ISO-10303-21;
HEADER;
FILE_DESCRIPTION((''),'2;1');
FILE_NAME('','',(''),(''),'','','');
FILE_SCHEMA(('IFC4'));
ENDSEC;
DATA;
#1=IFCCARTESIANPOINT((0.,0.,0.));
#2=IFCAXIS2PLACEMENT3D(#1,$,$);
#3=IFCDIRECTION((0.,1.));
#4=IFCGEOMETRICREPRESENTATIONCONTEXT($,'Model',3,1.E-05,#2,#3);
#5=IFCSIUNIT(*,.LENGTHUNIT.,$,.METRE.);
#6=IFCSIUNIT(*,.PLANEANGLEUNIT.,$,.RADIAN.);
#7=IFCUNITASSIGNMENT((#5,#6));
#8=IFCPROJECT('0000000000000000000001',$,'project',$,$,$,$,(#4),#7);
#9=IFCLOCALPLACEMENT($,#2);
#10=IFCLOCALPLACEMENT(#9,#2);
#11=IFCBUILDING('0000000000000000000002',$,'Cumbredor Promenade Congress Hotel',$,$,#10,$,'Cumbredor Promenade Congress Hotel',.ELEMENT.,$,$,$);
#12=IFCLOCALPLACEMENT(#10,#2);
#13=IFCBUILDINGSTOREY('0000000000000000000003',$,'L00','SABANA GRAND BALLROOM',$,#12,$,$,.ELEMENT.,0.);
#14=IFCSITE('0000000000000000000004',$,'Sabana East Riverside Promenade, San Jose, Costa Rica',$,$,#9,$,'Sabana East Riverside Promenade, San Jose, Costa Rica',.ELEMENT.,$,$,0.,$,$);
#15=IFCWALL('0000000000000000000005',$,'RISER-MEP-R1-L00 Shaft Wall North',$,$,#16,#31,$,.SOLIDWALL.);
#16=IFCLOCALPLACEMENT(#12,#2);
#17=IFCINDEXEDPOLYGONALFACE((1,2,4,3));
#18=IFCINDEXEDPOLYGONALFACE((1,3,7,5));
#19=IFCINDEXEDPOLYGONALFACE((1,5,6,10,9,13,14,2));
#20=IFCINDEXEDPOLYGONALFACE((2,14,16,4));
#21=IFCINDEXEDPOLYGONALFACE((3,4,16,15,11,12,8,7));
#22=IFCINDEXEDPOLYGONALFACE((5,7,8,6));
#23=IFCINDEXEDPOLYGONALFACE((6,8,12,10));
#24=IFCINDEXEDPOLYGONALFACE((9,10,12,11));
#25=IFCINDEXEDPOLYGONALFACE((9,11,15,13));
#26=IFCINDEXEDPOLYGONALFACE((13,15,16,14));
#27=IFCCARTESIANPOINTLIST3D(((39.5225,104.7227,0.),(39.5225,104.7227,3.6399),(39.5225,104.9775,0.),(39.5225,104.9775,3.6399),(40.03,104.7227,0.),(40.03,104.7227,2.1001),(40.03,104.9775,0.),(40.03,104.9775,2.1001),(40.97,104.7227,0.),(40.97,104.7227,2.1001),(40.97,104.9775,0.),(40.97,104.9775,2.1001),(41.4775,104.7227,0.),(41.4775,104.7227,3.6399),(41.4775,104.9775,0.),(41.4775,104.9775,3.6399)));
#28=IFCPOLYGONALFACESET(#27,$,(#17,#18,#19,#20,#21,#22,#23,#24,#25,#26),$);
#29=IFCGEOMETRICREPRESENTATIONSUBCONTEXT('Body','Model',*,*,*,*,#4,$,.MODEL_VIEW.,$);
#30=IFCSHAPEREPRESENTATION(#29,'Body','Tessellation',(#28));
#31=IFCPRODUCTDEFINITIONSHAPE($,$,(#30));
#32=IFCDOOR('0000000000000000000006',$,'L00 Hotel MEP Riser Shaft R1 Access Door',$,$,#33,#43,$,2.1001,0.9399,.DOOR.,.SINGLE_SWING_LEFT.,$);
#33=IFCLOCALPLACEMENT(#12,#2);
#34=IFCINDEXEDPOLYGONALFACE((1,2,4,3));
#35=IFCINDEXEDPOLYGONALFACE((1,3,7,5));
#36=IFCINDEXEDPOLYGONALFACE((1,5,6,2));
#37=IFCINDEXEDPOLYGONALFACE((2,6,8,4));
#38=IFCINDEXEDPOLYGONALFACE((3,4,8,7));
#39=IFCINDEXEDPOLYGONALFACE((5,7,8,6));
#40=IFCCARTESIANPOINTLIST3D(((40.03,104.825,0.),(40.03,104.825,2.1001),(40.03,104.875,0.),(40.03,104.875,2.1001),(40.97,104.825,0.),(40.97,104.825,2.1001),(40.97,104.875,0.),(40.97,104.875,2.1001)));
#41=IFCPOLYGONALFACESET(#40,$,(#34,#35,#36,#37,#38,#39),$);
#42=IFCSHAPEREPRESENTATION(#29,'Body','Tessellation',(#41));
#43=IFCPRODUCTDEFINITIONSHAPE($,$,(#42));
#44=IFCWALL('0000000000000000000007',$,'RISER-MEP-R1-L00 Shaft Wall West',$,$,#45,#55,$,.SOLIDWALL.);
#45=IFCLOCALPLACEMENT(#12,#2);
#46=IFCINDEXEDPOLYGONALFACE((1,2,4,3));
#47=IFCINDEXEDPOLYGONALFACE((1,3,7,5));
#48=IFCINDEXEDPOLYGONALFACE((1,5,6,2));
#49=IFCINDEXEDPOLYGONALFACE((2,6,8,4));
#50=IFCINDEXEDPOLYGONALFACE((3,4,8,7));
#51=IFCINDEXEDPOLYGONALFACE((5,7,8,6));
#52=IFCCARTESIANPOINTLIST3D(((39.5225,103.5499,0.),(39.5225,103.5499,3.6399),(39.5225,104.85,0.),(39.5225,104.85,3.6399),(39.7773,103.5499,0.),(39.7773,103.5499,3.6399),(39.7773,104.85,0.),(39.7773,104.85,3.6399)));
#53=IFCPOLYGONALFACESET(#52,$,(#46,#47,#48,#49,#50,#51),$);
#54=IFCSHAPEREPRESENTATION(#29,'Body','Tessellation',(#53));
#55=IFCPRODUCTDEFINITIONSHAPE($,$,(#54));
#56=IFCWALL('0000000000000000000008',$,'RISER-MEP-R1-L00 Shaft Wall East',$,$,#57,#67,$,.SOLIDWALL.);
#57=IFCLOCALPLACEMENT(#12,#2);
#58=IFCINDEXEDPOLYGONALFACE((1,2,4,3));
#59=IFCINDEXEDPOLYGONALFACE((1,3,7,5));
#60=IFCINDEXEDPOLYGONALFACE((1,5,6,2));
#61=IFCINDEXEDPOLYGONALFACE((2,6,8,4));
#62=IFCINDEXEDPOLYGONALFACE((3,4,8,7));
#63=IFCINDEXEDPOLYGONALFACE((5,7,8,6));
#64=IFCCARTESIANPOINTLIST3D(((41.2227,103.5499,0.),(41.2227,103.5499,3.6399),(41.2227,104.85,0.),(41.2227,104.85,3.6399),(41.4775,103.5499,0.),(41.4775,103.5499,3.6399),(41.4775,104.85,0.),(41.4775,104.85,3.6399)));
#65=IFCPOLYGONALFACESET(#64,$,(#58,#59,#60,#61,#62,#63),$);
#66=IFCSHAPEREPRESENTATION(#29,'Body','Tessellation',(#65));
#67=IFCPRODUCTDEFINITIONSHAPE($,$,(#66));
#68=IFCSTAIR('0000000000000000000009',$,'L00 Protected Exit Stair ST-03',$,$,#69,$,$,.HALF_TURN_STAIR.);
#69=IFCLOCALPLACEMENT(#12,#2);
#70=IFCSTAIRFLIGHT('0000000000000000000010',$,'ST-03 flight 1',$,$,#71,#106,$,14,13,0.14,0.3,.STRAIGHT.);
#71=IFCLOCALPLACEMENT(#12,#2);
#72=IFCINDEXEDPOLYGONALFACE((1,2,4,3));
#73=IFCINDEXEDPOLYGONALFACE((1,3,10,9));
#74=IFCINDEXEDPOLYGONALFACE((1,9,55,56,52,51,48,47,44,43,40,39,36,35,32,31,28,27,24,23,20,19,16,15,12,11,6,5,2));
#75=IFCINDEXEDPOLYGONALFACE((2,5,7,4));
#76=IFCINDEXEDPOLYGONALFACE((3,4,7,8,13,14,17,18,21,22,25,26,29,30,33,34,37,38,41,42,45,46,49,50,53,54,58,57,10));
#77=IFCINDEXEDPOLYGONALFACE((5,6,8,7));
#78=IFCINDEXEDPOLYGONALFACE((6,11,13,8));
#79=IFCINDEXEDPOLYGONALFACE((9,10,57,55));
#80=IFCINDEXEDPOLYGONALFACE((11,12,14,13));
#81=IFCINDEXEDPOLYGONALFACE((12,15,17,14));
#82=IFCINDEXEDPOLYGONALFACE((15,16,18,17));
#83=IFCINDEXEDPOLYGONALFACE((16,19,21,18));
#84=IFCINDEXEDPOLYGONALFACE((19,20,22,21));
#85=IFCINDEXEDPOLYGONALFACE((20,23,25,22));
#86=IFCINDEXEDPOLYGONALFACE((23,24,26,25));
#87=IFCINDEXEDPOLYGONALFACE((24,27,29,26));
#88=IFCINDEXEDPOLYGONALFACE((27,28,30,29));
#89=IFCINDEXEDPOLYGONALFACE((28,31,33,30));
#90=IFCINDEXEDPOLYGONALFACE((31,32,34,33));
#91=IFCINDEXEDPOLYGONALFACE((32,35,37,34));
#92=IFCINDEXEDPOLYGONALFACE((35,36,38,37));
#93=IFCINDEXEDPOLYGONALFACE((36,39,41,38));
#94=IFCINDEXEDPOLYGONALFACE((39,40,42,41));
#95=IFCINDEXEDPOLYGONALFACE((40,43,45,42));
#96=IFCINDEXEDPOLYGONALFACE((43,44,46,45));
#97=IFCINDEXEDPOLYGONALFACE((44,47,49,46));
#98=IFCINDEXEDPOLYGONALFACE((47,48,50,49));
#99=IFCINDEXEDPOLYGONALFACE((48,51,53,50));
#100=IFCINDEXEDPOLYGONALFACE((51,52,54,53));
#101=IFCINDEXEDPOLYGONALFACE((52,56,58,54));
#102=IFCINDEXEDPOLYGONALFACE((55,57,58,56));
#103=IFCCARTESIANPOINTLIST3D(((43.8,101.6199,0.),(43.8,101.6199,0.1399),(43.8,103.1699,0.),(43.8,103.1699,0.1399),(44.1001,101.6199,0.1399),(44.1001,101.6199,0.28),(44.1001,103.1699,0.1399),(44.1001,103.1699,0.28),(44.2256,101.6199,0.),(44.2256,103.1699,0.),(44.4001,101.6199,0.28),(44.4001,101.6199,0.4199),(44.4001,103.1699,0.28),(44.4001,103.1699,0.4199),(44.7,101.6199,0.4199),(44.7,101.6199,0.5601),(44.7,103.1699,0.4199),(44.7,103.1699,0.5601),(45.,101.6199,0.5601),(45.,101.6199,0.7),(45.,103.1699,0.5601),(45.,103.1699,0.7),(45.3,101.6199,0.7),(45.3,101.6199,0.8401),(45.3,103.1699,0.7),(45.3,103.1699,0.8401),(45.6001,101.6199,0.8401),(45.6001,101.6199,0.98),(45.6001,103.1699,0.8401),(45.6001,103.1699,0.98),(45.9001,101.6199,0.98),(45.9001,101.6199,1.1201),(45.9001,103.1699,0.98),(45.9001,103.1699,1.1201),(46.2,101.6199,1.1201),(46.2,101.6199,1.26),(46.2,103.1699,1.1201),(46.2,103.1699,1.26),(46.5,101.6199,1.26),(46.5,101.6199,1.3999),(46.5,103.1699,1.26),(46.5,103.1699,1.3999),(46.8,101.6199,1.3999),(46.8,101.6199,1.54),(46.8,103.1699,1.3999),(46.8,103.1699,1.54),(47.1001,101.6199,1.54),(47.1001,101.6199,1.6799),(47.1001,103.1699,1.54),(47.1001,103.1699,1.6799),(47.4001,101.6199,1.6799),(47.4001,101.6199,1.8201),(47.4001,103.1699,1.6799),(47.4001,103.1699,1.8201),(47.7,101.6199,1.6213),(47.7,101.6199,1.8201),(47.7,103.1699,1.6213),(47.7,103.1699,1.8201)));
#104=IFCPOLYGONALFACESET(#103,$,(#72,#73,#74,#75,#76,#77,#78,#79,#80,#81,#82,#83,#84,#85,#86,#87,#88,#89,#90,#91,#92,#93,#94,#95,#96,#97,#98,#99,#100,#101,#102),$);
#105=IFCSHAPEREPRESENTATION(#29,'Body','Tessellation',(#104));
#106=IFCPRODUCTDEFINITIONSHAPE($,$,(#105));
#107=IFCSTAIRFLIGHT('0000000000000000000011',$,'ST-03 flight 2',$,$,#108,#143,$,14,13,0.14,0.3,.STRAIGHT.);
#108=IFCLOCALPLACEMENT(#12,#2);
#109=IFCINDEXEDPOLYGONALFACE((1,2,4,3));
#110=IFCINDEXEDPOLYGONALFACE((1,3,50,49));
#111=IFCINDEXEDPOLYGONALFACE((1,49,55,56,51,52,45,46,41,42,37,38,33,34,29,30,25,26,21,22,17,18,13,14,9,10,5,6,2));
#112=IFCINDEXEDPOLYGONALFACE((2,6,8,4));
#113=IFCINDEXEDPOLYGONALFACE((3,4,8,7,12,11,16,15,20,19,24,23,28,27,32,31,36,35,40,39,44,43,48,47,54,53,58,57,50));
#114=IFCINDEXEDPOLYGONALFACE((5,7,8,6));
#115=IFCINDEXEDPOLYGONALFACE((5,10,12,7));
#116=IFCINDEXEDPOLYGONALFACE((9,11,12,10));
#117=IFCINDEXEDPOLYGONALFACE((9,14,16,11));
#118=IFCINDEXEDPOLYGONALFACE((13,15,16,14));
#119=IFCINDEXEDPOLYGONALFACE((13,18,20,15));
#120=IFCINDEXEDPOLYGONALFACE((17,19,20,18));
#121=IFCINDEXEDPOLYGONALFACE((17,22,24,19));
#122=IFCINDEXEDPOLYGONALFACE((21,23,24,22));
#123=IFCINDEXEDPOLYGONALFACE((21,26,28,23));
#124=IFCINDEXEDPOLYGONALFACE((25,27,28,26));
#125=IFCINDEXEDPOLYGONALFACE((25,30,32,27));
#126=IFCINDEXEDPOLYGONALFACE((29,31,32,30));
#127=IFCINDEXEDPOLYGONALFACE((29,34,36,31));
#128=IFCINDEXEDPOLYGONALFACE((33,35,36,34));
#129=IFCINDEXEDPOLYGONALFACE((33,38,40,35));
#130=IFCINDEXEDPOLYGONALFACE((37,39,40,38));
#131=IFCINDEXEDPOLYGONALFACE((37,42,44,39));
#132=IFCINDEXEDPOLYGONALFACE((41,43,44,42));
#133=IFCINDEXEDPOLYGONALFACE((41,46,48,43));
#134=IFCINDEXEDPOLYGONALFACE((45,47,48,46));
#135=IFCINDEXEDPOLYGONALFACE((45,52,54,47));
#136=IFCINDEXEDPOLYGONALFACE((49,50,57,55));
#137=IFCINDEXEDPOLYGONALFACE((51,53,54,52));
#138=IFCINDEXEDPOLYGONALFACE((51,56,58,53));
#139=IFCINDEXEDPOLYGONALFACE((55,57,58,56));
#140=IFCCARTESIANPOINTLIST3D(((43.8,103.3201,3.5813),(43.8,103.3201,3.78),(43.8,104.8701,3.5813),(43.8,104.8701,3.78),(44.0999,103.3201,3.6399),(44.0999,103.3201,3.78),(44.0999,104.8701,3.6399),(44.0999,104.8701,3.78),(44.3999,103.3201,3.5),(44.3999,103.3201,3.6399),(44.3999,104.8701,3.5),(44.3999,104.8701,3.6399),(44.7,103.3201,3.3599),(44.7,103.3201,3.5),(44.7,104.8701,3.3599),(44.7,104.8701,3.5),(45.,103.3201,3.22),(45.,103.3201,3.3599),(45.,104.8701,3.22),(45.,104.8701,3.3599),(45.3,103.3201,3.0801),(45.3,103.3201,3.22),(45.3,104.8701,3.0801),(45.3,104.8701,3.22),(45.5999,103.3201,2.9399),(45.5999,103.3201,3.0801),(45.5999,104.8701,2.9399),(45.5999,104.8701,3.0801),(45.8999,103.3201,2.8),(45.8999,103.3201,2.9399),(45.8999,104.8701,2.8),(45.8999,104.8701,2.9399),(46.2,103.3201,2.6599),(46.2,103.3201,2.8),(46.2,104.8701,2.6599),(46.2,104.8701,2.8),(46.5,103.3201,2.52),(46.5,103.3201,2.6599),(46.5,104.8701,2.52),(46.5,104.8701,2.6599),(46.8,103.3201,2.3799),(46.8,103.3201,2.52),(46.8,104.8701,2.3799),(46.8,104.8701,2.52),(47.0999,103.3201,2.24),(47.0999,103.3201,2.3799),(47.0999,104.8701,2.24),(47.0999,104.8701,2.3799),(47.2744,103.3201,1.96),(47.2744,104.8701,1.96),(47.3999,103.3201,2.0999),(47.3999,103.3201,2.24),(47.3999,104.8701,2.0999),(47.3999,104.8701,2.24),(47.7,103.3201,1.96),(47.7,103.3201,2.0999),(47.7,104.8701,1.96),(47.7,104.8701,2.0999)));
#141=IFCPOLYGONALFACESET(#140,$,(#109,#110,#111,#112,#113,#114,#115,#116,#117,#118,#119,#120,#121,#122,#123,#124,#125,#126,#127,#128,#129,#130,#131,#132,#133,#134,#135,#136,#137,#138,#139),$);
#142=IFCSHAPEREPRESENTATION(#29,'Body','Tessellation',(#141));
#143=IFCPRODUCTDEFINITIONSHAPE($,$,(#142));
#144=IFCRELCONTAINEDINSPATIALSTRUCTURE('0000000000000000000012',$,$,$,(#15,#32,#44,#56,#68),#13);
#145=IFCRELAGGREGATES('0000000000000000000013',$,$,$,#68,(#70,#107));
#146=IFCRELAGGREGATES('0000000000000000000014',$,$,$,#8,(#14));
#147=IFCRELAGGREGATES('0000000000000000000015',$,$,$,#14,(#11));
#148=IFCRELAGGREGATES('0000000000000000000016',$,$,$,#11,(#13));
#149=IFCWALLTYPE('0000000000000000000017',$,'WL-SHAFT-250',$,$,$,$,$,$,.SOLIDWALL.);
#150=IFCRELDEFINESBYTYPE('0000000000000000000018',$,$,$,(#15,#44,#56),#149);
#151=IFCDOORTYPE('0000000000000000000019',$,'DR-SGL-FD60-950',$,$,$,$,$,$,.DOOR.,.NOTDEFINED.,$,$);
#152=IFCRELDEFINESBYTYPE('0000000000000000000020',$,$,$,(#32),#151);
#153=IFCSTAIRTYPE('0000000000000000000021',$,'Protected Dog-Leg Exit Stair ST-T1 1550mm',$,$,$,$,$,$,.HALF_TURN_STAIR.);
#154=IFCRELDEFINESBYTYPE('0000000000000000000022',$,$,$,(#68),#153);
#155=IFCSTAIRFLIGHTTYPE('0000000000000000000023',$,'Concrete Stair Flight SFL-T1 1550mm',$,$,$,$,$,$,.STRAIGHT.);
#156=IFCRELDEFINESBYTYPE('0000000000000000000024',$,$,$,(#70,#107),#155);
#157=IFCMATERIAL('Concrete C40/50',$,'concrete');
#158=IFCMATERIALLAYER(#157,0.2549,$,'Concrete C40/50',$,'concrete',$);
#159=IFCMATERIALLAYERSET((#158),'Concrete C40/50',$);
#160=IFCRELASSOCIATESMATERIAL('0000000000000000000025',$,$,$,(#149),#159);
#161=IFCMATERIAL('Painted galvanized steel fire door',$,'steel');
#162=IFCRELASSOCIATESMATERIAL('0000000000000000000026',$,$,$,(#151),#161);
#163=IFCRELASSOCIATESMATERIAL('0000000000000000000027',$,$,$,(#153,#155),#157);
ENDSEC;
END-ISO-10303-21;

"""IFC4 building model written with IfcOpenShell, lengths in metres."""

from ifc_helpers import new_model, si_unit, direction, frame, frame_2d, origin, place, context, subcontext, project, spatial, polyline, rectangle, outline, extrude, material, layer, layer_set, type_object, element, fill, aggregate, save


model = new_model("IFC4")

# Units and contexts
model_context = context("Model", 3, precision=1e-05, world=origin(), true_north=direction((0.0, 1.0)))
body_context = subcontext(model_context, "Body", "Model", "MODEL_VIEW")
ifc_project = project(units=[si_unit("LENGTHUNIT", "METRE"), si_unit("PLANEANGLEUNIT", "RADIAN")], contexts=[model_context])

# Site, building, storey
site_placement = place(None, origin())
site = spatial("IfcSite", under=ifc_project, at=site_placement, Name="Sabana East Riverside Promenade, San Jose, Costa Rica", LongName="Sabana East Riverside Promenade, San Jose, Costa Rica", CompositionType="ELEMENT", RefElevation=0.0)
building_placement = place(site_placement, origin())
building = spatial("IfcBuilding", under=site, at=building_placement, Name="Cumbredor Promenade Congress Hotel", LongName="Cumbredor Promenade Congress Hotel", CompositionType="ELEMENT")
storey_placement = place(building_placement, origin())
storey = spatial("IfcBuildingStorey", under=building, at=storey_placement, Name="L00", Description="SABANA GRAND BALLROOM", CompositionType="ELEMENT", Elevation=0.0)

# Shared definitions
ifc_material_1 = material(Name="Concrete C40/50", Category="concrete")

# Shared definitions
ifc_layer = layer(ifc_material_1, 0.2549, Name="Concrete C40/50", Category="concrete")
ifc_layer_set = layer_set([ifc_layer], Name="Concrete C40/50")
wall_type = type_object("IfcWallType", Name="WL-SHAFT-250", PredefinedType="SOLIDWALL", material=ifc_layer_set)

# Shared definitions
ifc_material_2 = material(Name="Painted galvanized steel fire door", Category="steel")

# Wall, opening, door
wall_1_placement = place(storey_placement, frame((39.5225, 104.8501, 0.0), z_axis=(0.0, 0.0, 1.0), x_axis=(1.0, 0.0, 0.0)))
wall_1 = element("IfcWall", 1, at=wall_1_placement, inside=storey, type_object=wall_type, Name="RISER-MEP-R1-L00 Shaft Wall North", PredefinedType="SOLIDWALL", context=body_context, shape_type="SweptSolid", body=[
    extrude(rectangle(XDim=1.9551, YDim=0.2549, at=frame_2d((0.9775, 0.0))), origin(), (0.0, 0.0, 1.0), 3.6399),
])
opening_1_placement = place(wall_1_placement, frame((0.5076, 0.0, 0.0)))
opening_1 = element("IfcOpeningElement", 2, at=opening_1_placement, cuts=wall_1, PredefinedType="OPENING", context=body_context, shape_type="SweptSolid", body=[
    extrude(rectangle(XDim=0.9399, YDim=2.1001, at=frame_2d((0.47, 1.05))), frame((0.0, 0.1375, 0.0), z_axis=(0.0, -1.0, 0.0), x_axis=(1.0, 0.0, 0.0)), (0.0, 0.0, 1.0), 0.2749),
])
door_type_1 = type_object("IfcDoorType", Name="DR-SGL-FD60-950", OperationType="NOTDEFINED", PredefinedType="DOOR", material=ifc_material_2)
door_1_placement = place(opening_1_placement, origin())
door_1 = element("IfcDoor", 3, at=door_1_placement, inside=storey, type_object=door_type_1, Name="L00 Hotel MEP Riser Shaft R1 Access Door", OperationType="SINGLE_SWING_LEFT", OverallHeight=2.1001, OverallWidth=0.9399, PredefinedType="DOOR", context=body_context, shape_type="SweptSolid", body=[
    extrude(rectangle(XDim=0.9399, YDim=2.1001, at=frame_2d((0.47, 1.05))), frame((0.0, 0.0249, 0.0), z_axis=(0.0, -1.0, 0.0), x_axis=(1.0, 0.0, 0.0)), (0.0, 0.0, 1.0), 0.05),
])
fill(opening_1, door_1)

# Walls
for number, where, z_axis, x_axis, name in (
    (4, (39.6499, 103.55, 0.0), (0.0, 0.0, 1.0), (0.0, 1.0, 0.0), "RISER-MEP-R1-L00 Shaft Wall West"),
    (5, (41.3501, 103.55, 0.0), (0.0, 0.0, 1.0), (0.0, 1.0, 0.0), "RISER-MEP-R1-L00 Shaft Wall East"),
):
    element("IfcWall", number, at=place(storey_placement, frame(where, z_axis=z_axis, x_axis=x_axis)), inside=storey, type_object=wall_type, Name=name, PredefinedType="SOLIDWALL", context=body_context, shape_type="SweptSolid", body=[
        extrude(rectangle(XDim=1.3, YDim=0.2549, at=frame_2d((0.6499, 0.0))), origin(), (0.0, 0.0, 1.0), 3.6399),
    ])

# Stair, stair flights
stair_type = type_object("IfcStairType", Name="Protected Dog-Leg Exit Stair ST-T1 1550mm", PredefinedType="HALF_TURN_STAIR", material=ifc_material_1)
stair_placement = place(storey_placement, origin())
stair = element("IfcStair", 6, at=stair_placement, inside=storey, type_object=stair_type, Name="L00 Protected Exit Stair ST-03", PredefinedType="HALF_TURN_STAIR")
stair_flight_type = type_object("IfcStairFlightType", Name="Concrete Stair Flight SFL-T1 1550mm", PredefinedType="STRAIGHT", material=ifc_material_1)
stair_flight_1_placement = place(storey_placement, frame((43.8, 102.395, 0.0), z_axis=(0.0, 0.0, 1.0), x_axis=(1.0, 0.0, 0.0)))
stair_flight_1 = element("IfcStairFlight", 7, at=stair_flight_1_placement, type_object=stair_flight_type, Name="ST-03 flight 1", NumberOfRisers=14, NumberOfTreads=13, PredefinedType="STRAIGHT", RiserHeight=0.14, TreadLength=0.3, context=body_context, shape_type="SweptSolid", body=[
    extrude(outline(polyline([(0.0, 0.0), (0.0, 0.1399), (0.3, 0.1399), (0.3, 0.28), (0.6001, 0.28), (0.6001, 0.4199), (0.8999, 0.4199), (0.8999, 0.5601), (1.2, 0.5601), (1.2, 0.7), (1.5, 0.7), (1.5, 0.8401), (1.8, 0.8401), (1.8, 0.98), (2.1001, 0.98), (2.1001, 1.1201), (2.3999, 1.1201), (2.3999, 1.26), (2.7, 1.26), (2.7, 1.3999), (3.0, 1.3999), (3.0, 1.54), (3.3, 1.54), (3.3, 1.6799), (3.6001, 1.6799), (3.6001, 1.8201), (3.8999, 1.8201), (3.8999, 1.96), (3.8999, 1.6213), (0.4255, 0.0), (0.0, 0.0)])), frame((0.0, 0.7749, 0.0), z_axis=(0.0, -1.0, 0.0), x_axis=(1.0, 0.0, 0.0)), (0.0, 0.0, 1.0), 1.55),
])
stair_flight_2_placement = place(storey_placement, frame((47.7, 104.095, 1.96), z_axis=(0.0, 0.0, 1.0), x_axis=(-1.0, 0.0, 0.0)))
stair_flight_2 = element("IfcStairFlight", 8, at=stair_flight_2_placement, type_object=stair_flight_type, Name="ST-03 flight 2", NumberOfRisers=14, NumberOfTreads=13, PredefinedType="STRAIGHT", RiserHeight=0.14, TreadLength=0.3, context=body_context, shape_type="SweptSolid", body=[
    extrude(outline(polyline([(0.0, 0.0), (0.0, 0.1399), (0.3, 0.1399), (0.3, 0.28), (0.6001, 0.28), (0.6001, 0.4199), (0.8999, 0.4199), (0.8999, 0.5601), (1.2, 0.5601), (1.2, 0.7), (1.5, 0.7), (1.5, 0.8401), (1.8, 0.8401), (1.8, 0.98), (2.1001, 0.98), (2.1001, 1.1201), (2.3999, 1.1201), (2.3999, 1.26), (2.7, 1.26), (2.7, 1.3999), (3.0, 1.3999), (3.0, 1.54), (3.3, 1.54), (3.3, 1.6799), (3.6001, 1.6799), (3.6001, 1.8201), (3.8999, 1.8201), (3.8999, 1.96), (3.8999, 1.6213), (0.4255, 0.0), (0.0, 0.0)])), frame((0.0, 0.7749, 0.0), z_axis=(0.0, -1.0, 0.0), x_axis=(1.0, 0.0, 0.0)), (0.0, 0.0, 1.0), 1.55),
])
aggregate(stair, [stair_flight_1, stair_flight_2])

save(model, "model.ifc")
